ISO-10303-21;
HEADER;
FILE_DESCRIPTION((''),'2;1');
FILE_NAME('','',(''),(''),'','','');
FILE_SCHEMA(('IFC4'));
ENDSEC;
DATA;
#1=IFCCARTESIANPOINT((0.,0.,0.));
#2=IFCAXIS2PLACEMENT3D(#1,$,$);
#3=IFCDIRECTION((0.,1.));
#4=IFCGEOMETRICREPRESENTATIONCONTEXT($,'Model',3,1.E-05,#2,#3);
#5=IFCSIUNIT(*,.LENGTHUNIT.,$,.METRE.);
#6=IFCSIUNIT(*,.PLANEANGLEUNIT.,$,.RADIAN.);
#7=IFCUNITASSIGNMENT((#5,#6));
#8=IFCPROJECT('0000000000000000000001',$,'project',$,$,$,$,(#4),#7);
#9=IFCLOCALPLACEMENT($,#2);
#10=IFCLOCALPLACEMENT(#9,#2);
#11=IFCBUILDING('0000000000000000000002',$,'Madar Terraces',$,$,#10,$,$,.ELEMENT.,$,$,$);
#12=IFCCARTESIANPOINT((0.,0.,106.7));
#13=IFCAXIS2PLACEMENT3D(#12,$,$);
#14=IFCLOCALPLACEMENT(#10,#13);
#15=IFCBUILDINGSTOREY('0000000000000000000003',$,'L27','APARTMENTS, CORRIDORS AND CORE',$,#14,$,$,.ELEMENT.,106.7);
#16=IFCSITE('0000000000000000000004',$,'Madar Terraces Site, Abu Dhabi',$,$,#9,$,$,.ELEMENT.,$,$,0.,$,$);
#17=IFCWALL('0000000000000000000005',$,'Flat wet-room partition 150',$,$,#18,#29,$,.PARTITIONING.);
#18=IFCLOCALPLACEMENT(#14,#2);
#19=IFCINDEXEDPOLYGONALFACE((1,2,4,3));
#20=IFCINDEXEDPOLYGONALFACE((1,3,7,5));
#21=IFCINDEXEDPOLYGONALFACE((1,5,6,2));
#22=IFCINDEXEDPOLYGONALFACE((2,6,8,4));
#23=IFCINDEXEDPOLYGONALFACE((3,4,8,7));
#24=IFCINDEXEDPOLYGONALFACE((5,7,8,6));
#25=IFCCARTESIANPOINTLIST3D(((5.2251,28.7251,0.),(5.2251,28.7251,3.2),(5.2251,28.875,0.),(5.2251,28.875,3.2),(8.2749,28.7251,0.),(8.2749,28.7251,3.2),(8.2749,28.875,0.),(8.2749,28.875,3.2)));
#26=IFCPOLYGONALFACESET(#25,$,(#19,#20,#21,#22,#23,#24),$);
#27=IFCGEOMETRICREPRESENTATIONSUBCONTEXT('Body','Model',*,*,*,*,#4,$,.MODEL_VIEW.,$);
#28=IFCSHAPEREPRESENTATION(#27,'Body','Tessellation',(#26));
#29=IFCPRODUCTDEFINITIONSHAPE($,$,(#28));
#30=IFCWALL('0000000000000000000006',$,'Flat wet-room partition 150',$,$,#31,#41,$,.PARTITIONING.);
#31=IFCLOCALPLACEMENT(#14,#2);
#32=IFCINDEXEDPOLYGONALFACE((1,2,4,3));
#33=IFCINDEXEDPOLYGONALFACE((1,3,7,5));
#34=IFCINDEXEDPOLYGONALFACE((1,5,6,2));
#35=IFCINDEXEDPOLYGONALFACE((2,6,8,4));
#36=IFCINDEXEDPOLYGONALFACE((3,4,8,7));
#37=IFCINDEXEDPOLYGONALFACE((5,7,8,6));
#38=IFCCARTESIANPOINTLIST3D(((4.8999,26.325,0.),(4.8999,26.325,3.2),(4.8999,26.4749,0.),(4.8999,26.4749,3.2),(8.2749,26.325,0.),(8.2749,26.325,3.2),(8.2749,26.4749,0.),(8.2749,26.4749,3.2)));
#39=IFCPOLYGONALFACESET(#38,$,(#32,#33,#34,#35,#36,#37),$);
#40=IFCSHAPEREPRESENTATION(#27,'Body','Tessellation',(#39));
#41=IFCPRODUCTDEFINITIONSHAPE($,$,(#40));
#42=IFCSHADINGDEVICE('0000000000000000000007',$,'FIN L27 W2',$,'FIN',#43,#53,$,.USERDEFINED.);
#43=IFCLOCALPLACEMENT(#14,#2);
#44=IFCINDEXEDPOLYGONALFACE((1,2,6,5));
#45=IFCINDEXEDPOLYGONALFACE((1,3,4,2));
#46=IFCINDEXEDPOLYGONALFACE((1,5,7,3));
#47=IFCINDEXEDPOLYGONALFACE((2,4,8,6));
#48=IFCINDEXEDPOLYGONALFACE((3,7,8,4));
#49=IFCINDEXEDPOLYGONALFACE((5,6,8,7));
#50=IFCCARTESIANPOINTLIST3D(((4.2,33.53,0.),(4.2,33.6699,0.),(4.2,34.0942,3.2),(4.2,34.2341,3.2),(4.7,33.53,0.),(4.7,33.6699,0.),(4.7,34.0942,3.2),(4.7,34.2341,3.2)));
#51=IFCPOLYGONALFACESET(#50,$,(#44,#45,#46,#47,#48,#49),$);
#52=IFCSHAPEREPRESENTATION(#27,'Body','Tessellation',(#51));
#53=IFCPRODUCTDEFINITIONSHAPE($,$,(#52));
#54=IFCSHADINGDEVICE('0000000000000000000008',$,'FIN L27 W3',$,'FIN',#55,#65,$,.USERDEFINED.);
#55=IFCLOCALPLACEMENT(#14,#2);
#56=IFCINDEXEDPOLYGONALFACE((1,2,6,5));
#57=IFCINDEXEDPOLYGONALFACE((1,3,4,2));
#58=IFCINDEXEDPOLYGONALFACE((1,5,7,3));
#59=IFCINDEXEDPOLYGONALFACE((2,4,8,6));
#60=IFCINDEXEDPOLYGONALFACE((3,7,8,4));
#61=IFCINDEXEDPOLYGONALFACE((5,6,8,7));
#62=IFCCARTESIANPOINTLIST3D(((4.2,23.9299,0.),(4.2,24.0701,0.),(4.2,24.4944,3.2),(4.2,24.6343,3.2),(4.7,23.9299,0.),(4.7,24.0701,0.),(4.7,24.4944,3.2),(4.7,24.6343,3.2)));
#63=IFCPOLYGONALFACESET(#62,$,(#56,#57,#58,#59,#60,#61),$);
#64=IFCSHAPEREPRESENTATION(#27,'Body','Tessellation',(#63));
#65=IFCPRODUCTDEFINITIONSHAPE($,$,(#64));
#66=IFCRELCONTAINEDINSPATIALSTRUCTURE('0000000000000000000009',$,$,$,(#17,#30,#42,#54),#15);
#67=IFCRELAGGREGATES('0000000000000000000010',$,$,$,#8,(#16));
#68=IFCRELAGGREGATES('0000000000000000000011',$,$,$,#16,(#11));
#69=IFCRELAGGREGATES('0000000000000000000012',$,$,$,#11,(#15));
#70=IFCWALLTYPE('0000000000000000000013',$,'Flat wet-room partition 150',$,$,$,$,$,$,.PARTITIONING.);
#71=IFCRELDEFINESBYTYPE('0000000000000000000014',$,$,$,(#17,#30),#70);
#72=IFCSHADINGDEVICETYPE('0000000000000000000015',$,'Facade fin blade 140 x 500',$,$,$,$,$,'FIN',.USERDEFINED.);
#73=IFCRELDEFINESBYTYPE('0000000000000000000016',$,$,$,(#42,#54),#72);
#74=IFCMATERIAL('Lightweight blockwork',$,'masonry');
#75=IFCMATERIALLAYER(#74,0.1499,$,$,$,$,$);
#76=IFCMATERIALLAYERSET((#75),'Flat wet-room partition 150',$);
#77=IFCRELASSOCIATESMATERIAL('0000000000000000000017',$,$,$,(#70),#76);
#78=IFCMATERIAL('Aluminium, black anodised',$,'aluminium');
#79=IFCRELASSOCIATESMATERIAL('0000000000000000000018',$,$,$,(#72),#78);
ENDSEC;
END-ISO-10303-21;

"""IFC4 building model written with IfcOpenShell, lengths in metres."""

from ifc_helpers import new_model, si_unit, direction, frame, frame_2d, origin, place, context, subcontext, project, spatial, polyline, rectangle, outline, extrude, material, layer, layer_set, type_object, element, save


model = new_model("IFC4")

# Units and contexts
model_context = context("Model", 3, precision=1e-05, world=origin(), true_north=direction((0.0, 1.0)))
body_context = subcontext(model_context, "Body", "Model", "MODEL_VIEW")
ifc_project = project(units=[si_unit("LENGTHUNIT", "METRE"), si_unit("PLANEANGLEUNIT", "RADIAN")], contexts=[model_context])

# Site, building, storey
site_placement = place(None, origin())
site = spatial("IfcSite", under=ifc_project, at=site_placement, Name="Madar Terraces Site, Abu Dhabi", CompositionType="ELEMENT", RefElevation=0.0)
building_placement = place(site_placement, origin())
building = spatial("IfcBuilding", under=site, at=building_placement, Name="Madar Terraces", CompositionType="ELEMENT")
storey_placement = place(building_placement, frame((0.0, 0.0, 106.7)))
storey = spatial("IfcBuildingStorey", under=building, at=storey_placement, Name="L27", Description="APARTMENTS, CORRIDORS AND CORE", CompositionType="ELEMENT", Elevation=106.7)

# Walls
ifc_material_1 = material(Name="Lightweight blockwork", Category="masonry")
ifc_layer_1 = layer(ifc_material_1, 0.1499)
ifc_layer_set_1 = layer_set([ifc_layer_1], Name="Flat wet-room partition 150")
wall_type_1 = type_object("IfcWallType", Name="Flat wet-room partition 150", PredefinedType="PARTITIONING", material=ifc_layer_set_1)
wall_1_placement = place(storey_placement, frame((8.2749, 28.8, 0.0), z_axis=(0.0, 0.0, 1.0), x_axis=(-1.0, 0.0, 0.0)))
element("IfcWall", 1, at=wall_1_placement, inside=storey, type_object=wall_type_1, Name="Flat wet-room partition 150", PredefinedType="PARTITIONING", context=body_context, shape_type="SweptSolid", body=[
    extrude(rectangle(XDim=3.0498, YDim=0.1499, at=frame_2d((1.5249, 0.0))), origin(), (0.0, 0.0, 1.0), 3.2),
])
wall_2_placement = place(storey_placement, frame((8.2749, 26.3999, 0.0), z_axis=(0.0, 0.0, 1.0), x_axis=(-1.0, 0.0, 0.0)))
element("IfcWall", 2, at=wall_2_placement, inside=storey, type_object=wall_type_1, Name="Flat wet-room partition 150", PredefinedType="PARTITIONING", context=body_context, shape_type="SweptSolid", body=[
    extrude(rectangle(XDim=3.375, YDim=0.1499, at=frame_2d((1.6875, 0.0))), origin(), (0.0, 0.0, 1.0), 3.2),
])

# Shading devices
ifc_material_2 = material(Name="Aluminium, black anodised", Category="aluminium")
shading_device_type = type_object("IfcShadingDeviceType", Name="Facade fin blade 140 x 500", ElementType="FIN", PredefinedType="USERDEFINED", material=ifc_material_2)
shading_device_1_placement = place(storey_placement, frame((4.45, 33.6699, 0.0), z_axis=(0.0, 0.0, 1.0), x_axis=(0.0, -1.0, 0.0)))
element("IfcShadingDevice", 3, at=shading_device_1_placement, inside=storey, type_object=shading_device_type, Name="FIN L27 W2", ObjectType="FIN", PredefinedType="USERDEFINED", context=body_context, shape_type="SweptSolid", body=[
    extrude(outline(polyline([(0.0, 0.0), (0.1399, 0.0), (-0.4243, 3.2), (-0.5642, 3.2), (0.0, 0.0)])), frame((0.0, 0.25, 0.0), z_axis=(0.0, -1.0, 0.0), x_axis=(1.0, 0.0, 0.0)), (0.0, 0.0, 1.0), 0.5),
])
shading_device_2_placement = place(storey_placement, frame((4.45, 24.0701, 0.0), z_axis=(0.0, 0.0, 1.0), x_axis=(0.0, -1.0, 0.0)))
element("IfcShadingDevice", 4, at=shading_device_2_placement, inside=storey, type_object=shading_device_type, Name="FIN L27 W3", ObjectType="FIN", PredefinedType="USERDEFINED", context=body_context, shape_type="SweptSolid", body=[
    extrude(outline(polyline([(0.0, 0.0), (0.1401, 0.0), (-0.4243, 3.2), (-0.5642, 3.2), (0.0, 0.0)])), frame((0.0, 0.25, 0.0), z_axis=(0.0, -1.0, 0.0), x_axis=(1.0, 0.0, 0.0)), (0.0, 0.0, 1.0), 0.5),
])

save(model, "model.ifc")
